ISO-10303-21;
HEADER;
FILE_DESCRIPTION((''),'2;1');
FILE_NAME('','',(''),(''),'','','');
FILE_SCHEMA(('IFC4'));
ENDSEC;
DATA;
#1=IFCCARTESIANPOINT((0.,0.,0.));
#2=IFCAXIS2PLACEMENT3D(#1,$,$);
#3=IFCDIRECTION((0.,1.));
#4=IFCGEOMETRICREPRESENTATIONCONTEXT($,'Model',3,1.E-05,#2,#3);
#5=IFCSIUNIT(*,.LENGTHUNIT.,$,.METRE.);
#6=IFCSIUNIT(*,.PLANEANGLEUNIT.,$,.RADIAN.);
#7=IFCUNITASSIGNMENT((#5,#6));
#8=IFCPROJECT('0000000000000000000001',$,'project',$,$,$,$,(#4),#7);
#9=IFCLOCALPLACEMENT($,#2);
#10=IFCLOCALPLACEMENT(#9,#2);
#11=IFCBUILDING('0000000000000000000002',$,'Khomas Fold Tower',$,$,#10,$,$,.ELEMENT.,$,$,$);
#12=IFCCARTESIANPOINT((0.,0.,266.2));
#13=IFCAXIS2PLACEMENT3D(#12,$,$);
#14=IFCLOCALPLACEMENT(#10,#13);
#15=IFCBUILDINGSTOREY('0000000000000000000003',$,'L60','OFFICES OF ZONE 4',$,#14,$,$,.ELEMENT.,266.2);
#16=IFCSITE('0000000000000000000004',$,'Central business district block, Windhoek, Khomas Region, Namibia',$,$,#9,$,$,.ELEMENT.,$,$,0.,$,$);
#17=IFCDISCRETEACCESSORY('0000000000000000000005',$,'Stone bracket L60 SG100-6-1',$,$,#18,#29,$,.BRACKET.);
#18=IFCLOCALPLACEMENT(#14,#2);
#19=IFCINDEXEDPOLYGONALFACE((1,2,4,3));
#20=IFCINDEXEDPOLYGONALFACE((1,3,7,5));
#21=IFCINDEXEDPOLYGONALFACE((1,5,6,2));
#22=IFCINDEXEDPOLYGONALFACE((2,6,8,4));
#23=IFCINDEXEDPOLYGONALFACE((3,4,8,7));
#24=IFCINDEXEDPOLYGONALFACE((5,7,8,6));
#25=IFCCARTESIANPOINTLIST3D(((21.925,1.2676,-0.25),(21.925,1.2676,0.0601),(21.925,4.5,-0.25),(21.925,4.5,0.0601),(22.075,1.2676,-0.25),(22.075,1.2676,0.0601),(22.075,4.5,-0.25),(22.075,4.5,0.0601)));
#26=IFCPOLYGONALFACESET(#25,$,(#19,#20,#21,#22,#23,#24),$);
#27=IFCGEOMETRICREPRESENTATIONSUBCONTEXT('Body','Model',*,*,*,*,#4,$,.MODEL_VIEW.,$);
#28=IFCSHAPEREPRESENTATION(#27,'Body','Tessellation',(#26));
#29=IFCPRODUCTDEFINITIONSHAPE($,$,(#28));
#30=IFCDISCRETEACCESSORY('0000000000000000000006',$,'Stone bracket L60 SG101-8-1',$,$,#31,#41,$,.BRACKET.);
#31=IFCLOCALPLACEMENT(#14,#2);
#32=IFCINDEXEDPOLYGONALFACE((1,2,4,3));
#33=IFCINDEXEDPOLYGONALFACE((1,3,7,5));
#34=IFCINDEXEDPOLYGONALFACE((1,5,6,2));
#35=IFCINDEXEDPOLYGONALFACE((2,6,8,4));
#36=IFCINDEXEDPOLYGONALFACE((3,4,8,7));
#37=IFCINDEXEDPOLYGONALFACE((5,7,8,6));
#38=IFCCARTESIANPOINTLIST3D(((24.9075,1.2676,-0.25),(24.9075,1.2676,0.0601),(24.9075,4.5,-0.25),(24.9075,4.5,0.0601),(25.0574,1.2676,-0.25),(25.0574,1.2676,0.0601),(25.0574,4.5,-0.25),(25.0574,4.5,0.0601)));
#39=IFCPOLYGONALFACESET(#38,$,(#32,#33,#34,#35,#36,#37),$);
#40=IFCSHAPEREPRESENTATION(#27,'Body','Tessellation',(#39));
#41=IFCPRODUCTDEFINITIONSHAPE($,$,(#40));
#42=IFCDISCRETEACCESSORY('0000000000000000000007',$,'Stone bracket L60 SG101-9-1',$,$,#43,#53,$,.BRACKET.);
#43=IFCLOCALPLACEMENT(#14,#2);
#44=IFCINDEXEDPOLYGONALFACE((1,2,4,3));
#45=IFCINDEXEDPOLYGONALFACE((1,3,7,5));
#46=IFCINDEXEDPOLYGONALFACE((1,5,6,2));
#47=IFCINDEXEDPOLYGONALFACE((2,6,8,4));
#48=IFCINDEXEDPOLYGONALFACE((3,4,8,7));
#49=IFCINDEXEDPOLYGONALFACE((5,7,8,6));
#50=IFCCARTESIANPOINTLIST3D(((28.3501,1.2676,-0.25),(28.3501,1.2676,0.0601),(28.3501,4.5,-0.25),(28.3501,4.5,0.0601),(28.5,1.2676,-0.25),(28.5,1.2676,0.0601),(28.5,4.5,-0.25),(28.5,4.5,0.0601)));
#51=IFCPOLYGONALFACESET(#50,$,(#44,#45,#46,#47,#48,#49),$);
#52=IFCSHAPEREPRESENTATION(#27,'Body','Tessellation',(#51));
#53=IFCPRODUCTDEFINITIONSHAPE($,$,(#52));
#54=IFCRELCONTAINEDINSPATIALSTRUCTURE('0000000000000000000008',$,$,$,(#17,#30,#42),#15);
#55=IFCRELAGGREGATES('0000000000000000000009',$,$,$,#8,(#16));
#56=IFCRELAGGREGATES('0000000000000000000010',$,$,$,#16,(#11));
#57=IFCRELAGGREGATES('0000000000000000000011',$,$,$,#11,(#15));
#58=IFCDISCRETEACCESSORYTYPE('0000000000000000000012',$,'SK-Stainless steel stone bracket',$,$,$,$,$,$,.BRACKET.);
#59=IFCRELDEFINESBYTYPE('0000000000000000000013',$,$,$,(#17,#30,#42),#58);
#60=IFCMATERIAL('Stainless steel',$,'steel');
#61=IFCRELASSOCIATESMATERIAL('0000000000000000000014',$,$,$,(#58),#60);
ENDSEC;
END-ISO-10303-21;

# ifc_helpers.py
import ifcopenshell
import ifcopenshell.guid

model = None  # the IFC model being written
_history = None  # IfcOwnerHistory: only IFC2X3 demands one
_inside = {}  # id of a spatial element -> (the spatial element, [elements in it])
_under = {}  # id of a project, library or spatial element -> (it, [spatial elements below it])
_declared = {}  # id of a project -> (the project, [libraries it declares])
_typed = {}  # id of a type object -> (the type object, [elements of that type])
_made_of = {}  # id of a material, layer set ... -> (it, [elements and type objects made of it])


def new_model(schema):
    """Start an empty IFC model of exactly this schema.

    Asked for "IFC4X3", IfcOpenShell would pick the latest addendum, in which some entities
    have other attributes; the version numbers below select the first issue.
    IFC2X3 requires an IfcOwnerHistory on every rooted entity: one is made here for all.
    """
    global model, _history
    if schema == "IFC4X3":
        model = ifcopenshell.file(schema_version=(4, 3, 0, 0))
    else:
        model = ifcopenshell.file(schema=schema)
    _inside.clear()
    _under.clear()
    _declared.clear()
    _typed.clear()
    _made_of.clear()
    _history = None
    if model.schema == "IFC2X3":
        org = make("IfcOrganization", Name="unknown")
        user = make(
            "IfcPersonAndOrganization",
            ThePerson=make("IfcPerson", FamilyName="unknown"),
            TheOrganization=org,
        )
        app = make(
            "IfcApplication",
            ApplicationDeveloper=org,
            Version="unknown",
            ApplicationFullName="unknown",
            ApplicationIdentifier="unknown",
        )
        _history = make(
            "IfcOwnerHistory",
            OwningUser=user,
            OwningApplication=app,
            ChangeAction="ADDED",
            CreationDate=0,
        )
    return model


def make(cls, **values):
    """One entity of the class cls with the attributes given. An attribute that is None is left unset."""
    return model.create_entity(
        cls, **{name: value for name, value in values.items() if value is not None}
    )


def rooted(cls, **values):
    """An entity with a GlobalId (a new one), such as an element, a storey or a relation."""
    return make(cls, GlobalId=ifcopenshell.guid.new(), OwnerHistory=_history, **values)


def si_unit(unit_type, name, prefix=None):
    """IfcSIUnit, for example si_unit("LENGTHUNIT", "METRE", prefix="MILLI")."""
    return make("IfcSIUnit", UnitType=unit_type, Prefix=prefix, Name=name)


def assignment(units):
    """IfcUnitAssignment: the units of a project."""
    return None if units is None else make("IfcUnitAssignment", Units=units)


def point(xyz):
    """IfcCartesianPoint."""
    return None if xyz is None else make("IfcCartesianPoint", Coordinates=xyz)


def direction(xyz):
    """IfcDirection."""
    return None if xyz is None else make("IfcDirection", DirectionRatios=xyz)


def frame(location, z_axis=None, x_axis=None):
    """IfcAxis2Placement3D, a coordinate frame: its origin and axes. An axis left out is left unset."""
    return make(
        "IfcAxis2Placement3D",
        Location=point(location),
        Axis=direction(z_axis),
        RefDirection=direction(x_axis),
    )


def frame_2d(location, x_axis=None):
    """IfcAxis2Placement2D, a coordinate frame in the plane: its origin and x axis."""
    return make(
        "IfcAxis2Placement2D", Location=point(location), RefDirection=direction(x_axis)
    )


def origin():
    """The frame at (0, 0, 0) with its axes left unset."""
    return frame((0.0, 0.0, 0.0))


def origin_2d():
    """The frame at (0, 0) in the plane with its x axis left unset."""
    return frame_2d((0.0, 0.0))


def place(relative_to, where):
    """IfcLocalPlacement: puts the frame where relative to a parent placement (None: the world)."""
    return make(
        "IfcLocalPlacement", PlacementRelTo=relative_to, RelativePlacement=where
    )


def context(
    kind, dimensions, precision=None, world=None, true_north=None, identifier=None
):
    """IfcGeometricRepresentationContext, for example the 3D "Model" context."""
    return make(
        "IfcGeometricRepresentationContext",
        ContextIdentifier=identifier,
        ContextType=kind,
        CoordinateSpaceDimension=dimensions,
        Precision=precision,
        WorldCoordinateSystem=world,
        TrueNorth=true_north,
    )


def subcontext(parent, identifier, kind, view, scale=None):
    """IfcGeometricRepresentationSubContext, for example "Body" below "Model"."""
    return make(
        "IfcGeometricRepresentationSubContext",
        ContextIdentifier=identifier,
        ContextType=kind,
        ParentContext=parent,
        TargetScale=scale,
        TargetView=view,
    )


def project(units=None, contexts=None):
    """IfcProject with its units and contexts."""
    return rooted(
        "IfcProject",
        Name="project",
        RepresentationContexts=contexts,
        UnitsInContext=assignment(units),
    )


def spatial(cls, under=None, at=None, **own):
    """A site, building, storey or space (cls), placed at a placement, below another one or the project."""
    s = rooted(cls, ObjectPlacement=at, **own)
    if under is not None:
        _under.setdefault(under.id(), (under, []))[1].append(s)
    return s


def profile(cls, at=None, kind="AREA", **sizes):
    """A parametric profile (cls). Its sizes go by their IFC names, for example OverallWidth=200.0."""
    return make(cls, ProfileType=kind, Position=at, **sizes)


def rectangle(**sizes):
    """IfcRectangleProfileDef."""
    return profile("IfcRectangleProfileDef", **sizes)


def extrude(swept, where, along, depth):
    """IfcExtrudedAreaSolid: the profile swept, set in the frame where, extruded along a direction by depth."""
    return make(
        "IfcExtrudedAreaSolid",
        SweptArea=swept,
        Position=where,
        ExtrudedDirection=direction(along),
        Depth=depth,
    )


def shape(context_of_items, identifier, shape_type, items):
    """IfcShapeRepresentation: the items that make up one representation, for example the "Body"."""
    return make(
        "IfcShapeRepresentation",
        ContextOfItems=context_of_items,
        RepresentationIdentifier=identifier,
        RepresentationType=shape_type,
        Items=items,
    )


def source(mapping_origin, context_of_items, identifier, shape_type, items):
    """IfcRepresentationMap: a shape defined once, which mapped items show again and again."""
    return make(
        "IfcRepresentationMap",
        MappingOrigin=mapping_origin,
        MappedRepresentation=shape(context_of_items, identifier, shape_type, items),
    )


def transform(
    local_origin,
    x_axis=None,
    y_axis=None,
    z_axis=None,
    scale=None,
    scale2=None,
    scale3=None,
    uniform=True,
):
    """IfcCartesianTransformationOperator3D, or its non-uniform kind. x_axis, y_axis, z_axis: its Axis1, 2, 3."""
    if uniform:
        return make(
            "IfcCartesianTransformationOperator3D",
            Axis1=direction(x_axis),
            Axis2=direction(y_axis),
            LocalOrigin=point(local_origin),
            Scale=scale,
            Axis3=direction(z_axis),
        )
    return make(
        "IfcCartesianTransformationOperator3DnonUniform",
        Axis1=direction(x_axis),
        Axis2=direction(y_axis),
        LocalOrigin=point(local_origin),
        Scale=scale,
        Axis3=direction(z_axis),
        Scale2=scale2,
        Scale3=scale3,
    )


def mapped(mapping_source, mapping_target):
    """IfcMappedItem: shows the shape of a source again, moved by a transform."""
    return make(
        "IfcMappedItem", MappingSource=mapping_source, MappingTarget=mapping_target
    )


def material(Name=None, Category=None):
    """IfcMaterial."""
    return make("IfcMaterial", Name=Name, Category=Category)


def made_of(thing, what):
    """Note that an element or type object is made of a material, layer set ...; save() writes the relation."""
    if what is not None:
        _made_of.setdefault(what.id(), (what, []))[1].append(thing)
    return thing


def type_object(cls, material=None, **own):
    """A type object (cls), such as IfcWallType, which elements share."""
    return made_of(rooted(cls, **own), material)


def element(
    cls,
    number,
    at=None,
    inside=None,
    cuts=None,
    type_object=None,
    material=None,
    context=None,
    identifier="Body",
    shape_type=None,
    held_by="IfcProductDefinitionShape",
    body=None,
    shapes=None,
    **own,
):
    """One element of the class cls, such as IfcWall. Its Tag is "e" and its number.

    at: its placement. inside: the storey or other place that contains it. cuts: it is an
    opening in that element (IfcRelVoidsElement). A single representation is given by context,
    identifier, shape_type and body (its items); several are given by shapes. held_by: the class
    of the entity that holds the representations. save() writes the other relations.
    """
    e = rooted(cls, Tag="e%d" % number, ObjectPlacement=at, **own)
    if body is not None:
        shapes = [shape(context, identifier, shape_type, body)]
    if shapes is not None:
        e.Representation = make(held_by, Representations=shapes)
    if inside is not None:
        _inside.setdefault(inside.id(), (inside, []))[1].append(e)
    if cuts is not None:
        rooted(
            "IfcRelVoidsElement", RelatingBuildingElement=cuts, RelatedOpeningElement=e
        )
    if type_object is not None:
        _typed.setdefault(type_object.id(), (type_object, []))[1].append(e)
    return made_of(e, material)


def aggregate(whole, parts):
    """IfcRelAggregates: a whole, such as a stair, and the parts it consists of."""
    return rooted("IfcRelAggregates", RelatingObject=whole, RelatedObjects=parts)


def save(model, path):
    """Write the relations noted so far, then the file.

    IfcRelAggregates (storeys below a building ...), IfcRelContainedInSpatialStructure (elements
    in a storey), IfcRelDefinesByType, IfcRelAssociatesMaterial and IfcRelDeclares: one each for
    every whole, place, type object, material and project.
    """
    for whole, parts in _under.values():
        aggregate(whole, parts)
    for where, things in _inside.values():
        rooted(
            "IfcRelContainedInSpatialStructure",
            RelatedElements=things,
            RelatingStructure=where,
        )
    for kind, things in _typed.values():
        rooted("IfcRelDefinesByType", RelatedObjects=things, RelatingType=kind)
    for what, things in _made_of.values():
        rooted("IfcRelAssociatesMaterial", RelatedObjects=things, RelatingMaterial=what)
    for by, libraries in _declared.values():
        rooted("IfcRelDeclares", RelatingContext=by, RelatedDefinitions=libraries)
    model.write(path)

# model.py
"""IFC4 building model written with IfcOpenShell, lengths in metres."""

from ifc_helpers import new_model, si_unit, direction, frame, origin, origin_2d, place, context, subcontext, project, spatial, rectangle, extrude, source, transform, mapped, material, type_object, element, save


model = new_model("IFC4")

# Units and contexts
model_context = context("Model", 3, precision=1e-05, world=origin(), true_north=direction((0.0, 1.0)))
body_context = subcontext(model_context, "Body", "Model", "MODEL_VIEW")
ifc_project = project(units=[si_unit("LENGTHUNIT", "METRE"), si_unit("PLANEANGLEUNIT", "RADIAN")], contexts=[model_context])

# Site, building, storey
site_placement = place(None, origin())
site = spatial("IfcSite", under=ifc_project, at=site_placement, Name="Central business district block, Windhoek, Khomas Region, Namibia", CompositionType="ELEMENT", RefElevation=0.0)
building_placement = place(site_placement, origin())
building = spatial("IfcBuilding", under=site, at=building_placement, Name="Khomas Fold Tower", CompositionType="ELEMENT")
storey_placement = place(building_placement, frame((0.0, 0.0, 266.2)))
storey = spatial("IfcBuildingStorey", under=building, at=storey_placement, Name="L60", Description="OFFICES OF ZONE 4", CompositionType="ELEMENT", Elevation=266.2)

# Discrete accessories
ifc_material_1 = material(Name="Stainless steel", Category="steel")
discrete_accessory_type = type_object("IfcDiscreteAccessoryType", Name="SK-Stainless steel stone bracket", PredefinedType="BRACKET", material=ifc_material_1)
shared_shape_1 = source(origin(), body_context, "Body", "SweptSolid", [
    extrude(rectangle(XDim=3.2324, YDim=0.1499, at=origin_2d()), origin(), (0.0, 0.0, 1.0), 0.3101),
])
for number, where, z_axis, x_axis, name in (
    (1, (22.0, 2.8838, -0.25), (0.0, 0.0, 1.0), (0.0, -1.0, 0.0), "Stone bracket L60 SG100-6-1"),
    (2, (24.9824, 2.8838, -0.25), (0.0, 0.0, 1.0), (0.0, -1.0, 0.0), "Stone bracket L60 SG101-8-1"),
    (3, (28.425, 2.8838, -0.25), (0.0, 0.0, 1.0), (0.0, -1.0, 0.0), "Stone bracket L60 SG101-9-1"),
):
    element("IfcDiscreteAccessory", number, at=place(storey_placement, frame(where, z_axis=z_axis, x_axis=x_axis)), inside=storey, type_object=discrete_accessory_type, Name=name, PredefinedType="BRACKET", context=body_context, shape_type="MappedRepresentation", body=[
        mapped(shared_shape_1, transform((0.0, 0.0, 0.0))),
    ])

save(model, "model.ifc")
